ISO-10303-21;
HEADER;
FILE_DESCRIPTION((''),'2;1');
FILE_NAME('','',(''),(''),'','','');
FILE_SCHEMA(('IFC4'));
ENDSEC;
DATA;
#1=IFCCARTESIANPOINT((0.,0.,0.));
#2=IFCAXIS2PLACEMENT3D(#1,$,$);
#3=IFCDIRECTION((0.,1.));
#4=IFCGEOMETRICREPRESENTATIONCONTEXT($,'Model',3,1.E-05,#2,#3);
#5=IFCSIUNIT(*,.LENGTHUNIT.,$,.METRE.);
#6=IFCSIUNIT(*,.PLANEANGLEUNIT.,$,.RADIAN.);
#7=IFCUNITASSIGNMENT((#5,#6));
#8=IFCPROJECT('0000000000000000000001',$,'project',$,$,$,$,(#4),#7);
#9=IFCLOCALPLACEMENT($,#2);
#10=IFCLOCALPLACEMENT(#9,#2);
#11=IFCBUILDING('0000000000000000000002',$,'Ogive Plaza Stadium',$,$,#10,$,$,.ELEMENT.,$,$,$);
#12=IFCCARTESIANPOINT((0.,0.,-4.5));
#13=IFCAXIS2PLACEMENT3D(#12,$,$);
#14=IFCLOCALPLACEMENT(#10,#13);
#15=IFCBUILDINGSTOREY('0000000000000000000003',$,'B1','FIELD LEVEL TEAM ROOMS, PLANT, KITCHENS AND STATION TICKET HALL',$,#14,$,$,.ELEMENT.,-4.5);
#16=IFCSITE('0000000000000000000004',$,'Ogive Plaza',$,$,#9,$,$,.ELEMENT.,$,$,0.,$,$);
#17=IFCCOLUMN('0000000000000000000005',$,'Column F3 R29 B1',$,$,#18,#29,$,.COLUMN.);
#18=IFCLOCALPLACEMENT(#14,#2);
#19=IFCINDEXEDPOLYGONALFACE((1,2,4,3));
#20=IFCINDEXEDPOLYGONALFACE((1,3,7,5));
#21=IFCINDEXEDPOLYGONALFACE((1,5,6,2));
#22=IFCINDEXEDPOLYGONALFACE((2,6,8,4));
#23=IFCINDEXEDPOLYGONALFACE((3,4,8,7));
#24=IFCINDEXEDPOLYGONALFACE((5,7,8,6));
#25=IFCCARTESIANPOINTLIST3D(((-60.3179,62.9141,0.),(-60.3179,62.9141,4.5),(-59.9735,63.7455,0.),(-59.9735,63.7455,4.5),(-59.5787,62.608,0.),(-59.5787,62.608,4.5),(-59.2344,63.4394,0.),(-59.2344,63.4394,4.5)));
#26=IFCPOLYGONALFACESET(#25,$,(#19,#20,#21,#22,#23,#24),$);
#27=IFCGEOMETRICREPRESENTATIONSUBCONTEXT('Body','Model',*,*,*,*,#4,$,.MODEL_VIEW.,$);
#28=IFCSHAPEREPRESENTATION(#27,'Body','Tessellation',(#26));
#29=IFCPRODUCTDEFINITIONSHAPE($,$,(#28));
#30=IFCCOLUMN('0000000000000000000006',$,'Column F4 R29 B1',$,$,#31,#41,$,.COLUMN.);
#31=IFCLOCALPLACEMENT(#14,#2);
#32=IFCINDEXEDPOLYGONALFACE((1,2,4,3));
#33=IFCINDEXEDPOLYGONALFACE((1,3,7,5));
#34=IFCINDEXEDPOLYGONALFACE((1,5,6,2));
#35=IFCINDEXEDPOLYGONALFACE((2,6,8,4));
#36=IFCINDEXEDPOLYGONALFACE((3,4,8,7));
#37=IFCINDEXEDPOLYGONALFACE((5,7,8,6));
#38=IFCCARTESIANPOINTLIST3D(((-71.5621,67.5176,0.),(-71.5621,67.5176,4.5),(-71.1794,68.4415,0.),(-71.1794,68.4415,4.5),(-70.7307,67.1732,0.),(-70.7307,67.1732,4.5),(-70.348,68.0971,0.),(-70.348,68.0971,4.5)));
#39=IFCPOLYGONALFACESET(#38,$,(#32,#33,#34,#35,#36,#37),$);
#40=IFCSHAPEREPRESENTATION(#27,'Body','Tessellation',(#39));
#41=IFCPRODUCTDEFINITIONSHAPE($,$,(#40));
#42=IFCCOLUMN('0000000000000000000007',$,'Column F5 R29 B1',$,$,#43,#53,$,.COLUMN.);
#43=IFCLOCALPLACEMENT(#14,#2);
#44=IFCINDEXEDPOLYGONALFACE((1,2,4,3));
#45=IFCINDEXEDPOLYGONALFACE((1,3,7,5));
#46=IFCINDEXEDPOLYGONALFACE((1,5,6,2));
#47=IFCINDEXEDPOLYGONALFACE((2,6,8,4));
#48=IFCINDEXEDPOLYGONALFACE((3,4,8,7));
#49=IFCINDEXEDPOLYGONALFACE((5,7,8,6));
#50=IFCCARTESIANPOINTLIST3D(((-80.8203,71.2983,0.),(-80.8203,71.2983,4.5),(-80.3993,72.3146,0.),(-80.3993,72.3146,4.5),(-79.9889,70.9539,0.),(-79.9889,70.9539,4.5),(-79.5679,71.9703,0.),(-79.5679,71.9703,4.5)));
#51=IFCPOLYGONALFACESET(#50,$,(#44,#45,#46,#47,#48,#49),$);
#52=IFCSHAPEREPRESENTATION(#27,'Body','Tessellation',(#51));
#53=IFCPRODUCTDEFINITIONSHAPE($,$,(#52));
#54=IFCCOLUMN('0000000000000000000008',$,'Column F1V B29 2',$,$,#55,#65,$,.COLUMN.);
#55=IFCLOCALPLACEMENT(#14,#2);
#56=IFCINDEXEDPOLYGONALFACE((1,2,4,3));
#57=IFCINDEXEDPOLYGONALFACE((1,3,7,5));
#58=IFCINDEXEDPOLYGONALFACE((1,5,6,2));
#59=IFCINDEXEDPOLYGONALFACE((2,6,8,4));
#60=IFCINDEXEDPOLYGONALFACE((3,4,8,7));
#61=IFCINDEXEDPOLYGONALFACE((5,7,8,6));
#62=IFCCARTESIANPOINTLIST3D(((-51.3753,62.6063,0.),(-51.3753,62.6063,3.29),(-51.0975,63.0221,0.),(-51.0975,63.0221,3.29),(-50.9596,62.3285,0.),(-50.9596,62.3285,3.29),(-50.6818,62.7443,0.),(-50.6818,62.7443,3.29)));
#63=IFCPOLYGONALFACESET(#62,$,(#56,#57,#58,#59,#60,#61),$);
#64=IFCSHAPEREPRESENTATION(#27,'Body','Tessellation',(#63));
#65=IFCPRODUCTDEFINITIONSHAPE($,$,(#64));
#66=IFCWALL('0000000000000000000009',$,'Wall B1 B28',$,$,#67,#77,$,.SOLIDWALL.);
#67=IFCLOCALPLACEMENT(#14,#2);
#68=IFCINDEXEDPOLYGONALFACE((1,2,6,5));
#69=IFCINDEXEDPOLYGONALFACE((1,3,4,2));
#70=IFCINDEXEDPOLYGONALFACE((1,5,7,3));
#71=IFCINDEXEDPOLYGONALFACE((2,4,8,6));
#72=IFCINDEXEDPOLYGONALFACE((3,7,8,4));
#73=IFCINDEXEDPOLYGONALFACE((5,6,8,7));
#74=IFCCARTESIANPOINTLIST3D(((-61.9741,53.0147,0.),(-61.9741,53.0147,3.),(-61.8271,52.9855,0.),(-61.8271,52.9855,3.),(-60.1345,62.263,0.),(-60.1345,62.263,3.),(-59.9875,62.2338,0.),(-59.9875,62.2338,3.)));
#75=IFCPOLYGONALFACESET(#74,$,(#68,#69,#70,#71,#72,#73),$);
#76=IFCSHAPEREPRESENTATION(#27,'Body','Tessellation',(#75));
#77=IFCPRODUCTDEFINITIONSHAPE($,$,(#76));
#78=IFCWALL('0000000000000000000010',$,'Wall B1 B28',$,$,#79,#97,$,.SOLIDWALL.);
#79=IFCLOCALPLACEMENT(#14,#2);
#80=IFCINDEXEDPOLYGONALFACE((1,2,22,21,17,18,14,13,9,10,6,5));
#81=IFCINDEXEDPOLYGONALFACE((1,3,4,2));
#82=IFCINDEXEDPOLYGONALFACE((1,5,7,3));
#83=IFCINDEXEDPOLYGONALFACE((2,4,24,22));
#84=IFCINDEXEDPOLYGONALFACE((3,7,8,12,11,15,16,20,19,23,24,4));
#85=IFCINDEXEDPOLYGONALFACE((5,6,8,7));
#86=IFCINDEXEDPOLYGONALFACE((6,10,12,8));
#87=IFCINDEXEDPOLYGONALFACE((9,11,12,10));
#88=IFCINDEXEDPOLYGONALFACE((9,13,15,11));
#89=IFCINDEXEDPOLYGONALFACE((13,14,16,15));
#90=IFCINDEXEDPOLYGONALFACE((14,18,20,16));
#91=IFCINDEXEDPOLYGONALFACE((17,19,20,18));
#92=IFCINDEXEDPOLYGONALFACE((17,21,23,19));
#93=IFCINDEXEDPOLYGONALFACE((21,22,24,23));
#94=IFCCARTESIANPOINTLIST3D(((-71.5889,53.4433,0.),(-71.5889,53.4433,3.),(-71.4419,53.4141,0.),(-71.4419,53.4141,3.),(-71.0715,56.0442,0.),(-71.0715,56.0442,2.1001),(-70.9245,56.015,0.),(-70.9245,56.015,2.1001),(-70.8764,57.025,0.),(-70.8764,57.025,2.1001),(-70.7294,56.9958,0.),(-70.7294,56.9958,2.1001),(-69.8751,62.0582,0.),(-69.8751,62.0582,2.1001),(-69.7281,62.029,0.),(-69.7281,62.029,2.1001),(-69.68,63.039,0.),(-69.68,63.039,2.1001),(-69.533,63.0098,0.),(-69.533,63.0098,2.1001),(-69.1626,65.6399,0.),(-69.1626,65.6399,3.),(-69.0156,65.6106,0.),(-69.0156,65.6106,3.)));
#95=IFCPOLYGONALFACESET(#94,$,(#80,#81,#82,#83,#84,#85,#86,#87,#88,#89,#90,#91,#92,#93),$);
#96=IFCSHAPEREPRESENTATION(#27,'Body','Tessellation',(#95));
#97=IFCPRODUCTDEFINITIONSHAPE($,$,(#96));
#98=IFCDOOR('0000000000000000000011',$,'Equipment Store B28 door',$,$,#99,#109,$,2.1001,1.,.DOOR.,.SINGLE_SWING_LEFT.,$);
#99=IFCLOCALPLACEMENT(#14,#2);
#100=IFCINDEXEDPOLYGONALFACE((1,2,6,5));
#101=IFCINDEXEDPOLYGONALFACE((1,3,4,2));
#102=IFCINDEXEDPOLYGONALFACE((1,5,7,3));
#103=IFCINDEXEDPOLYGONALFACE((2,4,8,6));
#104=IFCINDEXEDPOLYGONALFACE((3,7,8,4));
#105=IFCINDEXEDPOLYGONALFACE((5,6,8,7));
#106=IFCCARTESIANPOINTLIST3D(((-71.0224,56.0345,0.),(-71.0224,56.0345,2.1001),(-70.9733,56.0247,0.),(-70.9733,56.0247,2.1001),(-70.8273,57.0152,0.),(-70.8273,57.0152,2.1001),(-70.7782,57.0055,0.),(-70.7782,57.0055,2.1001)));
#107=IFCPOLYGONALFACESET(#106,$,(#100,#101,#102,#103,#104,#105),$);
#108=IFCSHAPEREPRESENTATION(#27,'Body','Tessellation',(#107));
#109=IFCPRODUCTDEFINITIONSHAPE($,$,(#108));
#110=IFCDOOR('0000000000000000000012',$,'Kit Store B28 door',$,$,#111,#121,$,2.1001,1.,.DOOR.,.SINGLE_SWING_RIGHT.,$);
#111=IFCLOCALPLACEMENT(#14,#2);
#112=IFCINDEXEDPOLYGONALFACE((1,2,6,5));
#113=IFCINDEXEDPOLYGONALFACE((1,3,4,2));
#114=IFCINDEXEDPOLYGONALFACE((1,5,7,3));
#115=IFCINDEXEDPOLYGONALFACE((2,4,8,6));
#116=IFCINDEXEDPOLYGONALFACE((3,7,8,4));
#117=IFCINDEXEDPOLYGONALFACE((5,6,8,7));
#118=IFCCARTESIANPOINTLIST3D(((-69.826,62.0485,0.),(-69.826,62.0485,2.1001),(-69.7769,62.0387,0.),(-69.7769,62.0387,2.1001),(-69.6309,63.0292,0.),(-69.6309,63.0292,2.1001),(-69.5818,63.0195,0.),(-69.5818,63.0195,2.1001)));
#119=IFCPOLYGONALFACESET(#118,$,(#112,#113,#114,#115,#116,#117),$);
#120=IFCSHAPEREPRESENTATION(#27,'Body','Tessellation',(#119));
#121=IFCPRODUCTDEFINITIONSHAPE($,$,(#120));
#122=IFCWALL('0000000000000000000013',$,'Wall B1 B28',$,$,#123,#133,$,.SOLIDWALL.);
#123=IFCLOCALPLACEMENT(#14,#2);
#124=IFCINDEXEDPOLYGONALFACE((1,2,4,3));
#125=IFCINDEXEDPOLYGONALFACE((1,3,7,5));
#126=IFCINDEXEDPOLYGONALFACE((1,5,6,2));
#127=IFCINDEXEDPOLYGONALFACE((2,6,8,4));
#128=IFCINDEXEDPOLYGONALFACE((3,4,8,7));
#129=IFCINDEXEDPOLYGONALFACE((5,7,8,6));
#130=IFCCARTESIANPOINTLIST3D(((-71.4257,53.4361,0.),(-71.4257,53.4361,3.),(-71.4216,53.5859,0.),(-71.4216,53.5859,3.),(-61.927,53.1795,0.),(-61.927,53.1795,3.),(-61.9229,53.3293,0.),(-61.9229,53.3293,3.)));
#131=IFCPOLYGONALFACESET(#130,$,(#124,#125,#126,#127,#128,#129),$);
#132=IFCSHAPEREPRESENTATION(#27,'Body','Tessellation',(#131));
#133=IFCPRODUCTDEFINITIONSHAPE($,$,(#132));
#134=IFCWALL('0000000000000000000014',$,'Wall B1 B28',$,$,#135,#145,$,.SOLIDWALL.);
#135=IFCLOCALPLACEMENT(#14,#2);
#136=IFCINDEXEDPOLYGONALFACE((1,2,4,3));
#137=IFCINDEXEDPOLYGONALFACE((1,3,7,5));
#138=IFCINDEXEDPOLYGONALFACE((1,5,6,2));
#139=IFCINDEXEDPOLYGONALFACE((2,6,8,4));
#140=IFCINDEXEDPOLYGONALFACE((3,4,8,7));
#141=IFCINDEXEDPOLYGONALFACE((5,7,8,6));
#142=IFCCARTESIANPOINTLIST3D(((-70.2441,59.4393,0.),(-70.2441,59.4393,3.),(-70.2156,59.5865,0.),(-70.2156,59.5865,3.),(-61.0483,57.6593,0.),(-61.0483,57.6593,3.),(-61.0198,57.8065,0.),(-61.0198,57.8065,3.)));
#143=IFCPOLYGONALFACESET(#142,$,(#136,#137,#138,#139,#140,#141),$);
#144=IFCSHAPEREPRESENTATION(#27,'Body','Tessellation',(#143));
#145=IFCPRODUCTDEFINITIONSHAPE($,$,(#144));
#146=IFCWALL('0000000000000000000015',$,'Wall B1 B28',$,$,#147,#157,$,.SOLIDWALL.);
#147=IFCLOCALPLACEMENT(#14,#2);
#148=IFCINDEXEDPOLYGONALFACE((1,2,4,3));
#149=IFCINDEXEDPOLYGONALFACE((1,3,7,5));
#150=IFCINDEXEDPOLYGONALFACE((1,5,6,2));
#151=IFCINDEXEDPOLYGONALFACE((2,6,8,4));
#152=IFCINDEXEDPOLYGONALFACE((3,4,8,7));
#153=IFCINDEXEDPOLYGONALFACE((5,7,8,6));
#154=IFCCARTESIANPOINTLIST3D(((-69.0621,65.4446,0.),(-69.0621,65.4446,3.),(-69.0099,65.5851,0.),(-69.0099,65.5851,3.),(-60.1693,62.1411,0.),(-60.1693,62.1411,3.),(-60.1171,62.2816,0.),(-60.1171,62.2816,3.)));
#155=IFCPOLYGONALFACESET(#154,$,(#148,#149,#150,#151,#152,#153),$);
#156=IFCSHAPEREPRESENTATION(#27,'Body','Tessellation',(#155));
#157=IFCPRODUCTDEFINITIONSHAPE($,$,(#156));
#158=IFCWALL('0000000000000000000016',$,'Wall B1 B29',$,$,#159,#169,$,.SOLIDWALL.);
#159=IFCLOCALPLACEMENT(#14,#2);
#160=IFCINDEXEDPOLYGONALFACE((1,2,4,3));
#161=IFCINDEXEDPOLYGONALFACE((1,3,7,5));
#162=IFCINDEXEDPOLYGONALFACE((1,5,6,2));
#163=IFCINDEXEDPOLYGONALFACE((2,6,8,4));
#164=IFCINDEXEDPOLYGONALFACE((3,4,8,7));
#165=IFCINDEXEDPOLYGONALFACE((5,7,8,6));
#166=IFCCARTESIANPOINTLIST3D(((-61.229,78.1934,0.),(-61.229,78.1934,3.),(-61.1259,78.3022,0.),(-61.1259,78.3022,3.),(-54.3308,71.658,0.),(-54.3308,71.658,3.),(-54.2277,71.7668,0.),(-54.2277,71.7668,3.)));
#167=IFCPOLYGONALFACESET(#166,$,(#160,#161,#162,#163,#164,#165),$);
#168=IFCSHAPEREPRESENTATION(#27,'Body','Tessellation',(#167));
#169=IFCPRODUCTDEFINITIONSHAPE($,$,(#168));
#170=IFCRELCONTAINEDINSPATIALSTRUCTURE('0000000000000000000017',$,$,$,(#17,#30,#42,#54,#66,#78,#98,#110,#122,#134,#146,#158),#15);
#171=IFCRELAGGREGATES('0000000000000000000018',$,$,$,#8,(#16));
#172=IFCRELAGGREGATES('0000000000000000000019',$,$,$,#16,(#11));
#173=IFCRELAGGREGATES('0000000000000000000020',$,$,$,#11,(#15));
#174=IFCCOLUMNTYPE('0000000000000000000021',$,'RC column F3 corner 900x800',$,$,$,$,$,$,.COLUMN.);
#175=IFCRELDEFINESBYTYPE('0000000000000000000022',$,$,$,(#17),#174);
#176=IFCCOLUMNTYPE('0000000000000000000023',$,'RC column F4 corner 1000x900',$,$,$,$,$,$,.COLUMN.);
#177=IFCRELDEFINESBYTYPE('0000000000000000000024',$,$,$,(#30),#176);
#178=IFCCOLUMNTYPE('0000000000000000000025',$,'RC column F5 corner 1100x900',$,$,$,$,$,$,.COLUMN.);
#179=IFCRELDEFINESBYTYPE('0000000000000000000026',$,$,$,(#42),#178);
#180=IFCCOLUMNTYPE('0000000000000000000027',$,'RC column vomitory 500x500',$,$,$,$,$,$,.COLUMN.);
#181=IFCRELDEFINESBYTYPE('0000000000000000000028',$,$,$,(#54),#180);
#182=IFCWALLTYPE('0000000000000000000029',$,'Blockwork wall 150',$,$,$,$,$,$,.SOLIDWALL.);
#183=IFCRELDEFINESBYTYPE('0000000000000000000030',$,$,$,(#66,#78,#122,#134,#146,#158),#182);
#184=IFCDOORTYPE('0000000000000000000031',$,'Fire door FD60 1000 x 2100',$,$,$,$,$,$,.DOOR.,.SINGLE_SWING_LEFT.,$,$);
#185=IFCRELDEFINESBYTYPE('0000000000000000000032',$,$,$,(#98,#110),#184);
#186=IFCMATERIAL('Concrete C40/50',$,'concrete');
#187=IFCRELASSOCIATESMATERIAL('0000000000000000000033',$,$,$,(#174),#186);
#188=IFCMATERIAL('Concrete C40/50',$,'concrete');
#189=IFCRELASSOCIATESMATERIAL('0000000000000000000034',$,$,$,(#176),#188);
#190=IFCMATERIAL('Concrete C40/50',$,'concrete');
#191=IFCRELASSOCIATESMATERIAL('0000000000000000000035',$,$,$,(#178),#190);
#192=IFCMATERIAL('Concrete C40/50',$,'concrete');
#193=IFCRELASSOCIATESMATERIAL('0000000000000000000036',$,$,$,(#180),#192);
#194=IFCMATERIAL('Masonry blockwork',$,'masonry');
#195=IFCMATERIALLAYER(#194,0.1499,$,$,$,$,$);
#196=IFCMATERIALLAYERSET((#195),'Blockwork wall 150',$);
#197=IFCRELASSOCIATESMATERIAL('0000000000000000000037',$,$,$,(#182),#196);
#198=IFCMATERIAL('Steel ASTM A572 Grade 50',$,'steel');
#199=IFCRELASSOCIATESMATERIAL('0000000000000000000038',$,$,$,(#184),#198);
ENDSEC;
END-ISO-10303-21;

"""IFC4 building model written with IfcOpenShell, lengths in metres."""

from ifc_helpers import new_model, si_unit, direction, frame, frame_2d, origin, origin_2d, place, context, subcontext, project, spatial, rectangle, extrude, material, layer, layer_set, material_profile, profile_set, type_object, element, fill, save


model = new_model("IFC4")

# Units and contexts
model_context = context("Model", 3, precision=1e-05, world=origin(), true_north=direction((0.0, 1.0)))
body_context = subcontext(model_context, "Body", "Model", "MODEL_VIEW")
ifc_project = project(units=[si_unit("LENGTHUNIT", "METRE"), si_unit("PLANEANGLEUNIT", "RADIAN")], contexts=[model_context])

# Site, building, storey
site_placement = place(None, origin())
site = spatial("IfcSite", under=ifc_project, at=site_placement, Name="Ogive Plaza", CompositionType="ELEMENT", RefElevation=0.0)
building_placement = place(site_placement, origin())
building = spatial("IfcBuilding", under=site, at=building_placement, Name="Ogive Plaza Stadium", CompositionType="ELEMENT")
storey_placement = place(building_placement, frame((0.0, 0.0, -4.5)))
storey = spatial("IfcBuildingStorey", under=building, at=storey_placement, Name="B1", Description="FIELD LEVEL TEAM ROOMS, PLANT, KITCHENS AND STATION TICKET HALL", CompositionType="ELEMENT", Elevation=-4.5)

# Columns
ifc_material_1 = material(Name="Concrete C40/50", Category="concrete")
ifc_material_profile_1 = material_profile(ifc_material_1, rectangle(XDim=0.8999, YDim=0.8, at=origin_2d()), Name="RC 900x800")
ifc_profile_set_1 = profile_set([ifc_material_profile_1], Name="Concrete C40/50")
column_type_1 = type_object("IfcColumnType", Name="RC column F3 corner 900x800", PredefinedType="COLUMN", material=ifc_profile_set_1)
column_1_placement = place(storey_placement, frame((-59.7761, 63.1768, 0.0), z_axis=(0.0, 0.0, 1.0), x_axis=(-0.382683, -0.92388, 0.0)))
element("IfcColumn", 1, at=column_1_placement, inside=storey, type_object=column_type_1, Name="Column F3 R29 B1", PredefinedType="COLUMN", context=body_context, shape_type="SweptSolid", body=[
    extrude(rectangle(XDim=0.8999, YDim=0.8, at=origin_2d()), origin(), (0.0, 0.0, 1.0), 4.5),
])
ifc_material_2 = material(Name="Concrete C40/50", Category="concrete")
ifc_material_profile_2 = material_profile(ifc_material_2, rectangle(XDim=1.0, YDim=0.8999, at=origin_2d()), Name="RC 1000x900")
ifc_profile_set_2 = profile_set([ifc_material_profile_2], Name="Concrete C40/50")
column_type_2 = type_object("IfcColumnType", Name="RC column F4 corner 1000x900", PredefinedType="COLUMN", material=ifc_profile_set_2)
column_2_placement = place(storey_placement, frame((-70.9551, 67.8074, 0.0), z_axis=(0.0, 0.0, 1.0), x_axis=(-0.382683, -0.92388, 0.0)))
element("IfcColumn", 2, at=column_2_placement, inside=storey, type_object=column_type_2, Name="Column F4 R29 B1", PredefinedType="COLUMN", context=body_context, shape_type="SweptSolid", body=[
    extrude(rectangle(XDim=1.0, YDim=0.8999, at=origin_2d()), origin(), (0.0, 0.0, 1.0), 4.5),
])
ifc_material_3 = material(Name="Concrete C40/50", Category="concrete")
ifc_material_profile_3 = material_profile(ifc_material_3, rectangle(XDim=1.1001, YDim=0.8999, at=origin_2d()), Name="RC 1100x900")
ifc_profile_set_3 = profile_set([ifc_material_profile_3], Name="Concrete C40/50")
column_type_3 = type_object("IfcColumnType", Name="RC column F5 corner 1100x900", PredefinedType="COLUMN", material=ifc_profile_set_3)
column_3_placement = place(storey_placement, frame((-80.1941, 71.6343, 0.0), z_axis=(0.0, 0.0, 1.0), x_axis=(-0.382683, -0.92388, 0.0)))
element("IfcColumn", 3, at=column_3_placement, inside=storey, type_object=column_type_3, Name="Column F5 R29 B1", PredefinedType="COLUMN", context=body_context, shape_type="SweptSolid", body=[
    extrude(rectangle(XDim=1.1001, YDim=0.8999, at=origin_2d()), origin(), (0.0, 0.0, 1.0), 4.5),
])
ifc_material_4 = material(Name="Concrete C40/50", Category="concrete")
ifc_material_profile_4 = material_profile(ifc_material_4, rectangle(XDim=0.5, YDim=0.5, at=origin_2d()), Name="RC 500x500")
ifc_profile_set_4 = profile_set([ifc_material_profile_4], Name="Concrete C40/50")
column_type_4 = type_object("IfcColumnType", Name="RC column vomitory 500x500", PredefinedType="COLUMN", material=ifc_profile_set_4)
column_4_placement = place(storey_placement, frame((-51.0286, 62.6753, 0.0), z_axis=(0.0, 0.0, 1.0), x_axis=(-0.55557, -0.83147, 0.0)))
element("IfcColumn", 4, at=column_4_placement, inside=storey, type_object=column_type_4, Name="Column F1V B29 2", PredefinedType="COLUMN", context=body_context, shape_type="SweptSolid", body=[
    extrude(rectangle(XDim=0.5, YDim=0.5, at=origin_2d()), origin(), (0.0, 0.0, 1.0), 3.29),
])

# Wall
ifc_material_5 = material(Name="Masonry blockwork", Category="masonry")
ifc_layer_1 = layer(ifc_material_5, 0.1499)
ifc_layer_set_1 = layer_set([ifc_layer_1], Name="Blockwork wall 150")
wall_type = type_object("IfcWallType", Name="Blockwork wall 150", PredefinedType="SOLIDWALL", material=ifc_layer_set_1)
wall_1_placement = place(storey_placement, frame((-61.9006, 53.0, 0.0), z_axis=(0.0, 0.0, 1.0), x_axis=(0.19509, 0.980785, 0.0)))
element("IfcWall", 5, at=wall_1_placement, inside=storey, type_object=wall_type, Name="Wall B1 B28", PredefinedType="SOLIDWALL", context=body_context, shape_type="SweptSolid", body=[
    extrude(rectangle(XDim=9.4294, YDim=0.1499, at=frame_2d((4.7148, 0.0))), origin(), (0.0, 0.0, 1.0), 3.0),
])

# Wall, openings, doors
wall_2_placement = place(storey_placement, frame((-71.5154, 53.4287, 0.0), z_axis=(0.0, 0.0, 1.0), x_axis=(0.195108, 0.980782, 0.0)))
wall_2 = element("IfcWall", 6, at=wall_2_placement, inside=storey, type_object=wall_type, Name="Wall B1 B28", PredefinedType="SOLIDWALL", context=body_context, shape_type="SweptSolid", body=[
    extrude(rectangle(XDim=12.4355, YDim=0.1499, at=frame_2d((6.2178, 0.0))), origin(), (0.0, 0.0, 1.0), 3.0),
])
opening_1_placement = place(wall_2_placement, frame((2.6519, 0.0, 0.0)))
opening_1 = element("IfcOpeningElement", 7, at=opening_1_placement, cuts=wall_2, PredefinedType="OPENING", context=body_context, shape_type="SweptSolid", body=[
    extrude(rectangle(XDim=1.0, YDim=2.1001, at=frame_2d((0.5, 1.05))), frame((0.0, 0.075, 0.0), z_axis=(0.0, -1.0, 0.0), x_axis=(1.0, 0.0, 0.0)), (0.0, 0.0, 1.0), 0.1499),
])
opening_2_placement = place(wall_2_placement, frame((8.7837, 0.0, 0.0)))
opening_2 = element("IfcOpeningElement", 8, at=opening_2_placement, cuts=wall_2, PredefinedType="OPENING", context=body_context, shape_type="SweptSolid", body=[
    extrude(rectangle(XDim=1.0, YDim=2.1001, at=frame_2d((0.5, 1.05))), frame((0.0, 0.075, 0.0), z_axis=(0.0, -1.0, 0.0), x_axis=(1.0, 0.0, 0.0)), (0.0, 0.0, 1.0), 0.1499),
])
ifc_material_6 = material(Name="Steel ASTM A572 Grade 50", Category="steel")
door_type = type_object("IfcDoorType", Name="Fire door FD60 1000 x 2100", OperationType="SINGLE_SWING_LEFT", PredefinedType="DOOR", material=ifc_material_6)
door_1_placement = place(opening_1_placement, origin())
door_1 = element("IfcDoor", 9, at=door_1_placement, inside=storey, type_object=door_type, Name="Equipment Store B28 door", OperationType="SINGLE_SWING_LEFT", OverallHeight=2.1001, OverallWidth=1.0, PredefinedType="DOOR", context=body_context, shape_type="SweptSolid", body=[
    extrude(rectangle(XDim=1.0, YDim=2.1001, at=frame_2d((0.5, 1.05))), frame((0.0, 0.0249, 0.0), z_axis=(0.0, -1.0, 0.0), x_axis=(1.0, 0.0, 0.0)), (0.0, 0.0, 1.0), 0.05),
])
fill(opening_1, door_1)
door_2_placement = place(opening_2_placement, origin())
door_2 = element("IfcDoor", 10, at=door_2_placement, inside=storey, type_object=door_type, Name="Kit Store B28 door", OperationType="SINGLE_SWING_RIGHT", OverallHeight=2.1001, OverallWidth=1.0, PredefinedType="DOOR", context=body_context, shape_type="SweptSolid", body=[
    extrude(rectangle(XDim=1.0, YDim=2.1001, at=frame_2d((0.5, 1.05))), frame((0.0, 0.0249, 0.0), z_axis=(0.0, -1.0, 0.0), x_axis=(1.0, 0.0, 0.0)), (0.0, 0.0, 1.0), 0.05),
])
fill(opening_2, door_2)

# Walls
wall_3_placement = place(storey_placement, frame((-61.925, 53.2544, 0.0), z_axis=(0.0, 0.0, 1.0), x_axis=(-0.999635, 0.027003, 0.0)))
element("IfcWall", 11, at=wall_3_placement, inside=storey, type_object=wall_type, Name="Wall B1 B28", PredefinedType="SOLIDWALL", context=body_context, shape_type="SweptSolid", body=[
    extrude(rectangle(XDim=9.5022, YDim=0.1499, at=frame_2d((4.751, 0.0))), origin(), (0.0, 0.0, 1.0), 3.0),
])
wall_4_placement = place(storey_placement, frame((-61.0342, 57.7329, 0.0), z_axis=(0.0, 0.0, 1.0), x_axis=(-0.981776, 0.190042, 0.0)))
element("IfcWall", 12, at=wall_4_placement, inside=storey, type_object=wall_type, Name="Wall B1 B28", PredefinedType="SOLIDWALL", context=body_context, shape_type="SweptSolid", body=[
    extrude(rectangle(XDim=9.3665, YDim=0.1499, at=frame_2d((4.6831, 0.0))), origin(), (0.0, 0.0, 1.0), 3.0),
])
wall_5_placement = place(storey_placement, frame((-60.1433, 62.2114, 0.0), z_axis=(0.0, 0.0, 1.0), x_axis=(-0.937411, 0.348225, 0.0)))
element("IfcWall", 13, at=wall_5_placement, inside=storey, type_object=wall_type, Name="Wall B1 B28", PredefinedType="SOLIDWALL", context=body_context, shape_type="SweptSolid", body=[
    extrude(rectangle(XDim=9.4866, YDim=0.1499, at=frame_2d((4.7432, 0.0))), origin(), (0.0, 0.0, 1.0), 3.0),
])
wall_6_placement = place(storey_placement, frame((-54.2793, 71.7124, 0.0), z_axis=(0.0, 0.0, 1.0), x_axis=(-0.725939, 0.68776, 0.0)))
element("IfcWall", 14, at=wall_6_placement, inside=storey, type_object=wall_type, Name="Wall B1 B29", PredefinedType="SOLIDWALL", context=body_context, shape_type="SweptSolid", body=[
    extrude(rectangle(XDim=9.5024, YDim=0.1499, at=frame_2d((4.7512, 0.0))), origin(), (0.0, 0.0, 1.0), 3.0),
])

save(model, "model.ifc")
